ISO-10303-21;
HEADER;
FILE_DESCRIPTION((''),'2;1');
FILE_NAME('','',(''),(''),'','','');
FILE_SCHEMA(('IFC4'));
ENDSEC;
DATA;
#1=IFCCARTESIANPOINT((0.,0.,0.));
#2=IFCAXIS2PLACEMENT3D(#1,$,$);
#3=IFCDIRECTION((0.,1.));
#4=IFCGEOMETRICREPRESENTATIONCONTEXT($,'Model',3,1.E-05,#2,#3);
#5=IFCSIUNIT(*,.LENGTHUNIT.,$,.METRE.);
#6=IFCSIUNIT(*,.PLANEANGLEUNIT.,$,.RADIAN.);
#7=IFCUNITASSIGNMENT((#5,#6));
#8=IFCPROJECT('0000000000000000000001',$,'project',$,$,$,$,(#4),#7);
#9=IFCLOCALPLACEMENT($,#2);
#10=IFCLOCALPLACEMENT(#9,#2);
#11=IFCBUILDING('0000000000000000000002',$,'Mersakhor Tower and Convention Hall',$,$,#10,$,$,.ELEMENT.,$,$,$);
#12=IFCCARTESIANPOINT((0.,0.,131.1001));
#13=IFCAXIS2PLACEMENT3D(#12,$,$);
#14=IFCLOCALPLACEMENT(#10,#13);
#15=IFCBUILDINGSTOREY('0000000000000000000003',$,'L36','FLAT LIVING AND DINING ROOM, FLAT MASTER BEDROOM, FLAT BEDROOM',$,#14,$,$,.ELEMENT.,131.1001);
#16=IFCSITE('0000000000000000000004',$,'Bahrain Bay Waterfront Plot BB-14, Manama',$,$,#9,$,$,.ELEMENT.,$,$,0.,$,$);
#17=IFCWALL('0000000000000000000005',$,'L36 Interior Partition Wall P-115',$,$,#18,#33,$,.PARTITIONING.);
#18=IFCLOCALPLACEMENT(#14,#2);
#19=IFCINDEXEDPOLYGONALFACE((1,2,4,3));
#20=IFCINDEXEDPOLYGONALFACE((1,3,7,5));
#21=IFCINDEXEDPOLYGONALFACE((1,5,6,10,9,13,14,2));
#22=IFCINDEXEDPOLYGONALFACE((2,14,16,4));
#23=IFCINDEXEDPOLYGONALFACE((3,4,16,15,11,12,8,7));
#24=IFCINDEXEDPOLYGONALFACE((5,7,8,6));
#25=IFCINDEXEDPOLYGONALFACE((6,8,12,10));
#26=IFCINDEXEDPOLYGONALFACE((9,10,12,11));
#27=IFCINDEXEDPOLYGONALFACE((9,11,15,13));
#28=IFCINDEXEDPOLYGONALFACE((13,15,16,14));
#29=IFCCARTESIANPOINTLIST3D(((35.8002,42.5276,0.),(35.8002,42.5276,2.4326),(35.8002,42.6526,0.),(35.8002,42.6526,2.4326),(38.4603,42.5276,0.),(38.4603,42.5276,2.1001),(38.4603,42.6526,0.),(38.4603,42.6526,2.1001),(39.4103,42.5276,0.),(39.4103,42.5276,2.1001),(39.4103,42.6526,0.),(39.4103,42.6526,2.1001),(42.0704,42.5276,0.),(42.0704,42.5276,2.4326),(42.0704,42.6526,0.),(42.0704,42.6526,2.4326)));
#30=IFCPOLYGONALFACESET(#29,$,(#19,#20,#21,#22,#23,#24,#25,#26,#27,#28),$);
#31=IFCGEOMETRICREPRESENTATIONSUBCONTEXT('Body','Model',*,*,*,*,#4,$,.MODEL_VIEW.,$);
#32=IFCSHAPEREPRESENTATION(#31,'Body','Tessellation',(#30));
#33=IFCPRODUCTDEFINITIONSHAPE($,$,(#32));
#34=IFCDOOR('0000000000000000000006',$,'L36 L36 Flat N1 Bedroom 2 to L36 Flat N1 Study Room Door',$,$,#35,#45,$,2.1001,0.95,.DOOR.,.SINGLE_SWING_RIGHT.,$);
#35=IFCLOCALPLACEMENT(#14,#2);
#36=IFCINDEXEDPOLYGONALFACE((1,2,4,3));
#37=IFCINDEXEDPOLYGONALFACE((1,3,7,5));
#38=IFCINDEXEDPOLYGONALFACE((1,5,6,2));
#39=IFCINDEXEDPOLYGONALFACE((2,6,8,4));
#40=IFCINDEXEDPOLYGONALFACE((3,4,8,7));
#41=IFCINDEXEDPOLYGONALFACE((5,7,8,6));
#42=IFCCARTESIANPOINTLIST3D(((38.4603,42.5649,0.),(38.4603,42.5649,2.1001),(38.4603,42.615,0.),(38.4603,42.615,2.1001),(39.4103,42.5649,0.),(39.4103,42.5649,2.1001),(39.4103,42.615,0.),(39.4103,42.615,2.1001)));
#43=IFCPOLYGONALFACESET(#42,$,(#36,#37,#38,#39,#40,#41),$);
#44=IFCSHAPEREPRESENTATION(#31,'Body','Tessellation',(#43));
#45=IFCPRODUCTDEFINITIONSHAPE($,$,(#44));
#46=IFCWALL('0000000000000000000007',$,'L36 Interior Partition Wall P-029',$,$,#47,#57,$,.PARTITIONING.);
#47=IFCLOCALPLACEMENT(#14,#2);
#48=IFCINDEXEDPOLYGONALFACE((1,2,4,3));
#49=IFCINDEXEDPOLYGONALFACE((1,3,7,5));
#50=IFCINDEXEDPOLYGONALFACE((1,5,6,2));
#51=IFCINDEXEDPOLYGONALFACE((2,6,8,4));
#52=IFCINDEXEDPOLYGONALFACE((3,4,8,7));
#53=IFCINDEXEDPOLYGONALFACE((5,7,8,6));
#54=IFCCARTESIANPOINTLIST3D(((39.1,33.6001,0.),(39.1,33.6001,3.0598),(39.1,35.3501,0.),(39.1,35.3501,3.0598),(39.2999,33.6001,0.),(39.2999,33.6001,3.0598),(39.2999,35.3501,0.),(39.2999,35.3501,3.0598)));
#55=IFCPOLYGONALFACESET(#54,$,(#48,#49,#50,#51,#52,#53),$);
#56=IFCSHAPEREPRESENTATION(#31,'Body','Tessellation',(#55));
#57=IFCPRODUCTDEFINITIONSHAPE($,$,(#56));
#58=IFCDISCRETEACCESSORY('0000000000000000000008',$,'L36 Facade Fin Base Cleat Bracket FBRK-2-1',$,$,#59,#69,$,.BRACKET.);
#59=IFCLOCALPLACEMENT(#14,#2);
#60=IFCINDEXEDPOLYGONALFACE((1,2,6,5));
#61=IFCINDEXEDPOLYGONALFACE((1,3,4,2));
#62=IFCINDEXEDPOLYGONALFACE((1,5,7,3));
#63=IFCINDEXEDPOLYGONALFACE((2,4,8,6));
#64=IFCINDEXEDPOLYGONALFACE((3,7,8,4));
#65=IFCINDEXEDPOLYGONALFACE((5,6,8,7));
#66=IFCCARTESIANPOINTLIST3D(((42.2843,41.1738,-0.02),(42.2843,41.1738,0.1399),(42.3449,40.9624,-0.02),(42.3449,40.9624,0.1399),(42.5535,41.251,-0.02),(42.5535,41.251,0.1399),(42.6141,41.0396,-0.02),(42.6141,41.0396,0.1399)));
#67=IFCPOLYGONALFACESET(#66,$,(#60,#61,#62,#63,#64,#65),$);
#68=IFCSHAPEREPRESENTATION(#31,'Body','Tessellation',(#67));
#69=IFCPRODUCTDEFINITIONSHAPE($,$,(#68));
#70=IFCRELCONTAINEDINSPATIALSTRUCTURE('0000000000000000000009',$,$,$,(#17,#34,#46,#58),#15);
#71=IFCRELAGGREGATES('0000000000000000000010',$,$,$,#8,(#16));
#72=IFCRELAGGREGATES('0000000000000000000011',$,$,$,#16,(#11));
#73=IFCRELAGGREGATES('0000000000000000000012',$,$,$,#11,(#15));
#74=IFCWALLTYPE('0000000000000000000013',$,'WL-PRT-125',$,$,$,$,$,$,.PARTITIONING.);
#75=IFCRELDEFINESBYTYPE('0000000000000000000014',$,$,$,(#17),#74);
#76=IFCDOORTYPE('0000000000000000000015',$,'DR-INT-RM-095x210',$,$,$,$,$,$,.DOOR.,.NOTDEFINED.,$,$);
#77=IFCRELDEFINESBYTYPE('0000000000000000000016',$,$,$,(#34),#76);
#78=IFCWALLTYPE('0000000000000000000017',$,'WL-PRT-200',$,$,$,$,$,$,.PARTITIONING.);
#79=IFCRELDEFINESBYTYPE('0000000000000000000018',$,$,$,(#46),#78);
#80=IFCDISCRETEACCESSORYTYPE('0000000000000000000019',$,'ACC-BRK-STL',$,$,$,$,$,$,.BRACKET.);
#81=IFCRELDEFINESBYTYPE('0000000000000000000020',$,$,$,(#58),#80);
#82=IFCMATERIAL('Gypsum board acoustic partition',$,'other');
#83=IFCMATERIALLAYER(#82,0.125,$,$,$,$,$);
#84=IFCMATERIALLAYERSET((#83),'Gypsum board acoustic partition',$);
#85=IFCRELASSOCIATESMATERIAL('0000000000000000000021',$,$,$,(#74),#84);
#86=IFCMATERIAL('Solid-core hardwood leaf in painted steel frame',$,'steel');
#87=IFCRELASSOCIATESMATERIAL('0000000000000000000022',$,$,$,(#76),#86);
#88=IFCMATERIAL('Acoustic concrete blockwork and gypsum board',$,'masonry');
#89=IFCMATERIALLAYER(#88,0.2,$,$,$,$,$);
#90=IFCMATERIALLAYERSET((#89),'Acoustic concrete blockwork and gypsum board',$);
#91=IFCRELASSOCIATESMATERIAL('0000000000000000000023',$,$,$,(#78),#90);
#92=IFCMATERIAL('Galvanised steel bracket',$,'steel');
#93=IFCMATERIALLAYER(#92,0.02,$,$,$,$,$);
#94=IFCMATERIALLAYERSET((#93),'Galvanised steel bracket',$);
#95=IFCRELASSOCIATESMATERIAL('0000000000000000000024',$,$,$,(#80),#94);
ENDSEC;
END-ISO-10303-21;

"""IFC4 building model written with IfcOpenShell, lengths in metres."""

from ifc_helpers import new_model, si_unit, direction, frame, frame_2d, origin, origin_2d, place, context, subcontext, project, spatial, rectangle, extrude, material, layer, layer_set, type_object, element, fill, save


model = new_model("IFC4")

# Units and contexts
model_context = context("Model", 3, precision=1e-05, world=origin(), true_north=direction((0.0, 1.0)))
body_context = subcontext(model_context, "Body", "Model", "MODEL_VIEW")
ifc_project = project(units=[si_unit("LENGTHUNIT", "METRE"), si_unit("PLANEANGLEUNIT", "RADIAN")], contexts=[model_context])

# Site, building, storey
site_placement = place(None, origin())
site = spatial("IfcSite", under=ifc_project, at=site_placement, Name="Bahrain Bay Waterfront Plot BB-14, Manama", CompositionType="ELEMENT", RefElevation=0.0)
building_placement = place(site_placement, origin())
building = spatial("IfcBuilding", under=site, at=building_placement, Name="Mersakhor Tower and Convention Hall", CompositionType="ELEMENT")
storey_placement = place(building_placement, frame((0.0, 0.0, 131.1001)))
storey = spatial("IfcBuildingStorey", under=building, at=storey_placement, Name="L36", Description="FLAT LIVING AND DINING ROOM, FLAT MASTER BEDROOM, FLAT BEDROOM", CompositionType="ELEMENT", Elevation=131.1001)

# Wall, opening, door
ifc_material_1 = material(Name="Gypsum board acoustic partition", Category="other")
ifc_layer_1 = layer(ifc_material_1, 0.125)
ifc_layer_set_1 = layer_set([ifc_layer_1], Name="Gypsum board acoustic partition")
wall_type_1 = type_object("IfcWallType", Name="WL-PRT-125", PredefinedType="PARTITIONING", material=ifc_layer_set_1)
ifc_material_2 = material(Name="Solid-core hardwood leaf in painted steel frame", Category="steel")
door_type_1 = type_object("IfcDoorType", Name="DR-INT-RM-095x210", OperationType="NOTDEFINED", PredefinedType="DOOR", material=ifc_material_2)
wall_1_placement = place(storey_placement, frame((35.8, 42.5901, 0.0), z_axis=(0.0, 0.0, 1.0), x_axis=(1.0, 0.0, 0.0)))
wall_1 = element("IfcWall", 1, at=wall_1_placement, inside=storey, type_object=wall_type_1, Name="L36 Interior Partition Wall P-115", PredefinedType="PARTITIONING", context=body_context, shape_type="SweptSolid", body=[
    extrude(rectangle(XDim=6.2703, YDim=0.125, at=frame_2d((3.1353, 0.0))), origin(), (0.0, 0.0, 1.0), 2.4326),
])
opening_1_placement = place(wall_1_placement, frame((2.6602, 0.0, 0.0)))
opening_1 = element("IfcOpeningElement", 2, at=opening_1_placement, cuts=wall_1, PredefinedType="OPENING", context=body_context, shape_type="SweptSolid", body=[
    extrude(rectangle(XDim=0.95, YDim=2.1001, at=frame_2d((0.4751, 1.05))), frame((0.0, 0.0725, 0.0), z_axis=(0.0, -1.0, 0.0), x_axis=(1.0, 0.0, 0.0)), (0.0, 0.0, 1.0), 0.145),
])
door_1_placement = place(opening_1_placement, origin())
door_1 = element("IfcDoor", 3, at=door_1_placement, inside=storey, type_object=door_type_1, Name="L36 L36 Flat N1 Bedroom 2 to L36 Flat N1 Study Room Door", OperationType="SINGLE_SWING_RIGHT", OverallHeight=2.1001, OverallWidth=0.95, PredefinedType="DOOR", context=body_context, shape_type="SweptSolid", body=[
    extrude(rectangle(XDim=0.95, YDim=2.1001, at=frame_2d((0.4751, 1.05))), frame((0.0, 0.0249, 0.0), z_axis=(0.0, -1.0, 0.0), x_axis=(1.0, 0.0, 0.0)), (0.0, 0.0, 1.0), 0.05),
])
fill(opening_1, door_1)

# Wall
ifc_material_3 = material(Name="Acoustic concrete blockwork and gypsum board", Category="masonry")
ifc_layer_2 = layer(ifc_material_3, 0.2)
ifc_layer_set_2 = layer_set([ifc_layer_2], Name="Acoustic concrete blockwork and gypsum board")
wall_type_2 = type_object("IfcWallType", Name="WL-PRT-200", PredefinedType="PARTITIONING", material=ifc_layer_set_2)
wall_2_placement = place(storey_placement, frame((39.2, 35.3501, 0.0), z_axis=(0.0, 0.0, 1.0), x_axis=(0.0, -1.0, 0.0)))
element("IfcWall", 4, at=wall_2_placement, inside=storey, type_object=wall_type_2, Name="L36 Interior Partition Wall P-029", PredefinedType="PARTITIONING", context=body_context, shape_type="SweptSolid", body=[
    extrude(rectangle(XDim=1.75, YDim=0.2, at=frame_2d((0.875, 0.0))), origin(), (0.0, 0.0, 1.0), 3.0598),
])

# Discrete accessory
ifc_material_4 = material(Name="Galvanised steel bracket", Category="steel")
ifc_layer_3 = layer(ifc_material_4, 0.02)
ifc_layer_set_3 = layer_set([ifc_layer_3], Name="Galvanised steel bracket")
discrete_accessory_type = type_object("IfcDiscreteAccessoryType", Name="ACC-BRK-STL", PredefinedType="BRACKET", material=ifc_layer_set_3)
discrete_accessory_placement = place(storey_placement, frame((42.4492, 41.1067, -0.02), z_axis=(0.0, 0.0, 1.0), x_axis=(0.961262, 0.275637, 0.0)))
element("IfcDiscreteAccessory", 5, at=discrete_accessory_placement, inside=storey, type_object=discrete_accessory_type, Name="L36 Facade Fin Base Cleat Bracket FBRK-2-1", PredefinedType="BRACKET", context=body_context, shape_type="SweptSolid", body=[
    extrude(rectangle(XDim=0.28, YDim=0.22, at=origin_2d()), origin(), (0.0, 0.0, 1.0), 0.1599),
])

save(model, "model.ifc")
